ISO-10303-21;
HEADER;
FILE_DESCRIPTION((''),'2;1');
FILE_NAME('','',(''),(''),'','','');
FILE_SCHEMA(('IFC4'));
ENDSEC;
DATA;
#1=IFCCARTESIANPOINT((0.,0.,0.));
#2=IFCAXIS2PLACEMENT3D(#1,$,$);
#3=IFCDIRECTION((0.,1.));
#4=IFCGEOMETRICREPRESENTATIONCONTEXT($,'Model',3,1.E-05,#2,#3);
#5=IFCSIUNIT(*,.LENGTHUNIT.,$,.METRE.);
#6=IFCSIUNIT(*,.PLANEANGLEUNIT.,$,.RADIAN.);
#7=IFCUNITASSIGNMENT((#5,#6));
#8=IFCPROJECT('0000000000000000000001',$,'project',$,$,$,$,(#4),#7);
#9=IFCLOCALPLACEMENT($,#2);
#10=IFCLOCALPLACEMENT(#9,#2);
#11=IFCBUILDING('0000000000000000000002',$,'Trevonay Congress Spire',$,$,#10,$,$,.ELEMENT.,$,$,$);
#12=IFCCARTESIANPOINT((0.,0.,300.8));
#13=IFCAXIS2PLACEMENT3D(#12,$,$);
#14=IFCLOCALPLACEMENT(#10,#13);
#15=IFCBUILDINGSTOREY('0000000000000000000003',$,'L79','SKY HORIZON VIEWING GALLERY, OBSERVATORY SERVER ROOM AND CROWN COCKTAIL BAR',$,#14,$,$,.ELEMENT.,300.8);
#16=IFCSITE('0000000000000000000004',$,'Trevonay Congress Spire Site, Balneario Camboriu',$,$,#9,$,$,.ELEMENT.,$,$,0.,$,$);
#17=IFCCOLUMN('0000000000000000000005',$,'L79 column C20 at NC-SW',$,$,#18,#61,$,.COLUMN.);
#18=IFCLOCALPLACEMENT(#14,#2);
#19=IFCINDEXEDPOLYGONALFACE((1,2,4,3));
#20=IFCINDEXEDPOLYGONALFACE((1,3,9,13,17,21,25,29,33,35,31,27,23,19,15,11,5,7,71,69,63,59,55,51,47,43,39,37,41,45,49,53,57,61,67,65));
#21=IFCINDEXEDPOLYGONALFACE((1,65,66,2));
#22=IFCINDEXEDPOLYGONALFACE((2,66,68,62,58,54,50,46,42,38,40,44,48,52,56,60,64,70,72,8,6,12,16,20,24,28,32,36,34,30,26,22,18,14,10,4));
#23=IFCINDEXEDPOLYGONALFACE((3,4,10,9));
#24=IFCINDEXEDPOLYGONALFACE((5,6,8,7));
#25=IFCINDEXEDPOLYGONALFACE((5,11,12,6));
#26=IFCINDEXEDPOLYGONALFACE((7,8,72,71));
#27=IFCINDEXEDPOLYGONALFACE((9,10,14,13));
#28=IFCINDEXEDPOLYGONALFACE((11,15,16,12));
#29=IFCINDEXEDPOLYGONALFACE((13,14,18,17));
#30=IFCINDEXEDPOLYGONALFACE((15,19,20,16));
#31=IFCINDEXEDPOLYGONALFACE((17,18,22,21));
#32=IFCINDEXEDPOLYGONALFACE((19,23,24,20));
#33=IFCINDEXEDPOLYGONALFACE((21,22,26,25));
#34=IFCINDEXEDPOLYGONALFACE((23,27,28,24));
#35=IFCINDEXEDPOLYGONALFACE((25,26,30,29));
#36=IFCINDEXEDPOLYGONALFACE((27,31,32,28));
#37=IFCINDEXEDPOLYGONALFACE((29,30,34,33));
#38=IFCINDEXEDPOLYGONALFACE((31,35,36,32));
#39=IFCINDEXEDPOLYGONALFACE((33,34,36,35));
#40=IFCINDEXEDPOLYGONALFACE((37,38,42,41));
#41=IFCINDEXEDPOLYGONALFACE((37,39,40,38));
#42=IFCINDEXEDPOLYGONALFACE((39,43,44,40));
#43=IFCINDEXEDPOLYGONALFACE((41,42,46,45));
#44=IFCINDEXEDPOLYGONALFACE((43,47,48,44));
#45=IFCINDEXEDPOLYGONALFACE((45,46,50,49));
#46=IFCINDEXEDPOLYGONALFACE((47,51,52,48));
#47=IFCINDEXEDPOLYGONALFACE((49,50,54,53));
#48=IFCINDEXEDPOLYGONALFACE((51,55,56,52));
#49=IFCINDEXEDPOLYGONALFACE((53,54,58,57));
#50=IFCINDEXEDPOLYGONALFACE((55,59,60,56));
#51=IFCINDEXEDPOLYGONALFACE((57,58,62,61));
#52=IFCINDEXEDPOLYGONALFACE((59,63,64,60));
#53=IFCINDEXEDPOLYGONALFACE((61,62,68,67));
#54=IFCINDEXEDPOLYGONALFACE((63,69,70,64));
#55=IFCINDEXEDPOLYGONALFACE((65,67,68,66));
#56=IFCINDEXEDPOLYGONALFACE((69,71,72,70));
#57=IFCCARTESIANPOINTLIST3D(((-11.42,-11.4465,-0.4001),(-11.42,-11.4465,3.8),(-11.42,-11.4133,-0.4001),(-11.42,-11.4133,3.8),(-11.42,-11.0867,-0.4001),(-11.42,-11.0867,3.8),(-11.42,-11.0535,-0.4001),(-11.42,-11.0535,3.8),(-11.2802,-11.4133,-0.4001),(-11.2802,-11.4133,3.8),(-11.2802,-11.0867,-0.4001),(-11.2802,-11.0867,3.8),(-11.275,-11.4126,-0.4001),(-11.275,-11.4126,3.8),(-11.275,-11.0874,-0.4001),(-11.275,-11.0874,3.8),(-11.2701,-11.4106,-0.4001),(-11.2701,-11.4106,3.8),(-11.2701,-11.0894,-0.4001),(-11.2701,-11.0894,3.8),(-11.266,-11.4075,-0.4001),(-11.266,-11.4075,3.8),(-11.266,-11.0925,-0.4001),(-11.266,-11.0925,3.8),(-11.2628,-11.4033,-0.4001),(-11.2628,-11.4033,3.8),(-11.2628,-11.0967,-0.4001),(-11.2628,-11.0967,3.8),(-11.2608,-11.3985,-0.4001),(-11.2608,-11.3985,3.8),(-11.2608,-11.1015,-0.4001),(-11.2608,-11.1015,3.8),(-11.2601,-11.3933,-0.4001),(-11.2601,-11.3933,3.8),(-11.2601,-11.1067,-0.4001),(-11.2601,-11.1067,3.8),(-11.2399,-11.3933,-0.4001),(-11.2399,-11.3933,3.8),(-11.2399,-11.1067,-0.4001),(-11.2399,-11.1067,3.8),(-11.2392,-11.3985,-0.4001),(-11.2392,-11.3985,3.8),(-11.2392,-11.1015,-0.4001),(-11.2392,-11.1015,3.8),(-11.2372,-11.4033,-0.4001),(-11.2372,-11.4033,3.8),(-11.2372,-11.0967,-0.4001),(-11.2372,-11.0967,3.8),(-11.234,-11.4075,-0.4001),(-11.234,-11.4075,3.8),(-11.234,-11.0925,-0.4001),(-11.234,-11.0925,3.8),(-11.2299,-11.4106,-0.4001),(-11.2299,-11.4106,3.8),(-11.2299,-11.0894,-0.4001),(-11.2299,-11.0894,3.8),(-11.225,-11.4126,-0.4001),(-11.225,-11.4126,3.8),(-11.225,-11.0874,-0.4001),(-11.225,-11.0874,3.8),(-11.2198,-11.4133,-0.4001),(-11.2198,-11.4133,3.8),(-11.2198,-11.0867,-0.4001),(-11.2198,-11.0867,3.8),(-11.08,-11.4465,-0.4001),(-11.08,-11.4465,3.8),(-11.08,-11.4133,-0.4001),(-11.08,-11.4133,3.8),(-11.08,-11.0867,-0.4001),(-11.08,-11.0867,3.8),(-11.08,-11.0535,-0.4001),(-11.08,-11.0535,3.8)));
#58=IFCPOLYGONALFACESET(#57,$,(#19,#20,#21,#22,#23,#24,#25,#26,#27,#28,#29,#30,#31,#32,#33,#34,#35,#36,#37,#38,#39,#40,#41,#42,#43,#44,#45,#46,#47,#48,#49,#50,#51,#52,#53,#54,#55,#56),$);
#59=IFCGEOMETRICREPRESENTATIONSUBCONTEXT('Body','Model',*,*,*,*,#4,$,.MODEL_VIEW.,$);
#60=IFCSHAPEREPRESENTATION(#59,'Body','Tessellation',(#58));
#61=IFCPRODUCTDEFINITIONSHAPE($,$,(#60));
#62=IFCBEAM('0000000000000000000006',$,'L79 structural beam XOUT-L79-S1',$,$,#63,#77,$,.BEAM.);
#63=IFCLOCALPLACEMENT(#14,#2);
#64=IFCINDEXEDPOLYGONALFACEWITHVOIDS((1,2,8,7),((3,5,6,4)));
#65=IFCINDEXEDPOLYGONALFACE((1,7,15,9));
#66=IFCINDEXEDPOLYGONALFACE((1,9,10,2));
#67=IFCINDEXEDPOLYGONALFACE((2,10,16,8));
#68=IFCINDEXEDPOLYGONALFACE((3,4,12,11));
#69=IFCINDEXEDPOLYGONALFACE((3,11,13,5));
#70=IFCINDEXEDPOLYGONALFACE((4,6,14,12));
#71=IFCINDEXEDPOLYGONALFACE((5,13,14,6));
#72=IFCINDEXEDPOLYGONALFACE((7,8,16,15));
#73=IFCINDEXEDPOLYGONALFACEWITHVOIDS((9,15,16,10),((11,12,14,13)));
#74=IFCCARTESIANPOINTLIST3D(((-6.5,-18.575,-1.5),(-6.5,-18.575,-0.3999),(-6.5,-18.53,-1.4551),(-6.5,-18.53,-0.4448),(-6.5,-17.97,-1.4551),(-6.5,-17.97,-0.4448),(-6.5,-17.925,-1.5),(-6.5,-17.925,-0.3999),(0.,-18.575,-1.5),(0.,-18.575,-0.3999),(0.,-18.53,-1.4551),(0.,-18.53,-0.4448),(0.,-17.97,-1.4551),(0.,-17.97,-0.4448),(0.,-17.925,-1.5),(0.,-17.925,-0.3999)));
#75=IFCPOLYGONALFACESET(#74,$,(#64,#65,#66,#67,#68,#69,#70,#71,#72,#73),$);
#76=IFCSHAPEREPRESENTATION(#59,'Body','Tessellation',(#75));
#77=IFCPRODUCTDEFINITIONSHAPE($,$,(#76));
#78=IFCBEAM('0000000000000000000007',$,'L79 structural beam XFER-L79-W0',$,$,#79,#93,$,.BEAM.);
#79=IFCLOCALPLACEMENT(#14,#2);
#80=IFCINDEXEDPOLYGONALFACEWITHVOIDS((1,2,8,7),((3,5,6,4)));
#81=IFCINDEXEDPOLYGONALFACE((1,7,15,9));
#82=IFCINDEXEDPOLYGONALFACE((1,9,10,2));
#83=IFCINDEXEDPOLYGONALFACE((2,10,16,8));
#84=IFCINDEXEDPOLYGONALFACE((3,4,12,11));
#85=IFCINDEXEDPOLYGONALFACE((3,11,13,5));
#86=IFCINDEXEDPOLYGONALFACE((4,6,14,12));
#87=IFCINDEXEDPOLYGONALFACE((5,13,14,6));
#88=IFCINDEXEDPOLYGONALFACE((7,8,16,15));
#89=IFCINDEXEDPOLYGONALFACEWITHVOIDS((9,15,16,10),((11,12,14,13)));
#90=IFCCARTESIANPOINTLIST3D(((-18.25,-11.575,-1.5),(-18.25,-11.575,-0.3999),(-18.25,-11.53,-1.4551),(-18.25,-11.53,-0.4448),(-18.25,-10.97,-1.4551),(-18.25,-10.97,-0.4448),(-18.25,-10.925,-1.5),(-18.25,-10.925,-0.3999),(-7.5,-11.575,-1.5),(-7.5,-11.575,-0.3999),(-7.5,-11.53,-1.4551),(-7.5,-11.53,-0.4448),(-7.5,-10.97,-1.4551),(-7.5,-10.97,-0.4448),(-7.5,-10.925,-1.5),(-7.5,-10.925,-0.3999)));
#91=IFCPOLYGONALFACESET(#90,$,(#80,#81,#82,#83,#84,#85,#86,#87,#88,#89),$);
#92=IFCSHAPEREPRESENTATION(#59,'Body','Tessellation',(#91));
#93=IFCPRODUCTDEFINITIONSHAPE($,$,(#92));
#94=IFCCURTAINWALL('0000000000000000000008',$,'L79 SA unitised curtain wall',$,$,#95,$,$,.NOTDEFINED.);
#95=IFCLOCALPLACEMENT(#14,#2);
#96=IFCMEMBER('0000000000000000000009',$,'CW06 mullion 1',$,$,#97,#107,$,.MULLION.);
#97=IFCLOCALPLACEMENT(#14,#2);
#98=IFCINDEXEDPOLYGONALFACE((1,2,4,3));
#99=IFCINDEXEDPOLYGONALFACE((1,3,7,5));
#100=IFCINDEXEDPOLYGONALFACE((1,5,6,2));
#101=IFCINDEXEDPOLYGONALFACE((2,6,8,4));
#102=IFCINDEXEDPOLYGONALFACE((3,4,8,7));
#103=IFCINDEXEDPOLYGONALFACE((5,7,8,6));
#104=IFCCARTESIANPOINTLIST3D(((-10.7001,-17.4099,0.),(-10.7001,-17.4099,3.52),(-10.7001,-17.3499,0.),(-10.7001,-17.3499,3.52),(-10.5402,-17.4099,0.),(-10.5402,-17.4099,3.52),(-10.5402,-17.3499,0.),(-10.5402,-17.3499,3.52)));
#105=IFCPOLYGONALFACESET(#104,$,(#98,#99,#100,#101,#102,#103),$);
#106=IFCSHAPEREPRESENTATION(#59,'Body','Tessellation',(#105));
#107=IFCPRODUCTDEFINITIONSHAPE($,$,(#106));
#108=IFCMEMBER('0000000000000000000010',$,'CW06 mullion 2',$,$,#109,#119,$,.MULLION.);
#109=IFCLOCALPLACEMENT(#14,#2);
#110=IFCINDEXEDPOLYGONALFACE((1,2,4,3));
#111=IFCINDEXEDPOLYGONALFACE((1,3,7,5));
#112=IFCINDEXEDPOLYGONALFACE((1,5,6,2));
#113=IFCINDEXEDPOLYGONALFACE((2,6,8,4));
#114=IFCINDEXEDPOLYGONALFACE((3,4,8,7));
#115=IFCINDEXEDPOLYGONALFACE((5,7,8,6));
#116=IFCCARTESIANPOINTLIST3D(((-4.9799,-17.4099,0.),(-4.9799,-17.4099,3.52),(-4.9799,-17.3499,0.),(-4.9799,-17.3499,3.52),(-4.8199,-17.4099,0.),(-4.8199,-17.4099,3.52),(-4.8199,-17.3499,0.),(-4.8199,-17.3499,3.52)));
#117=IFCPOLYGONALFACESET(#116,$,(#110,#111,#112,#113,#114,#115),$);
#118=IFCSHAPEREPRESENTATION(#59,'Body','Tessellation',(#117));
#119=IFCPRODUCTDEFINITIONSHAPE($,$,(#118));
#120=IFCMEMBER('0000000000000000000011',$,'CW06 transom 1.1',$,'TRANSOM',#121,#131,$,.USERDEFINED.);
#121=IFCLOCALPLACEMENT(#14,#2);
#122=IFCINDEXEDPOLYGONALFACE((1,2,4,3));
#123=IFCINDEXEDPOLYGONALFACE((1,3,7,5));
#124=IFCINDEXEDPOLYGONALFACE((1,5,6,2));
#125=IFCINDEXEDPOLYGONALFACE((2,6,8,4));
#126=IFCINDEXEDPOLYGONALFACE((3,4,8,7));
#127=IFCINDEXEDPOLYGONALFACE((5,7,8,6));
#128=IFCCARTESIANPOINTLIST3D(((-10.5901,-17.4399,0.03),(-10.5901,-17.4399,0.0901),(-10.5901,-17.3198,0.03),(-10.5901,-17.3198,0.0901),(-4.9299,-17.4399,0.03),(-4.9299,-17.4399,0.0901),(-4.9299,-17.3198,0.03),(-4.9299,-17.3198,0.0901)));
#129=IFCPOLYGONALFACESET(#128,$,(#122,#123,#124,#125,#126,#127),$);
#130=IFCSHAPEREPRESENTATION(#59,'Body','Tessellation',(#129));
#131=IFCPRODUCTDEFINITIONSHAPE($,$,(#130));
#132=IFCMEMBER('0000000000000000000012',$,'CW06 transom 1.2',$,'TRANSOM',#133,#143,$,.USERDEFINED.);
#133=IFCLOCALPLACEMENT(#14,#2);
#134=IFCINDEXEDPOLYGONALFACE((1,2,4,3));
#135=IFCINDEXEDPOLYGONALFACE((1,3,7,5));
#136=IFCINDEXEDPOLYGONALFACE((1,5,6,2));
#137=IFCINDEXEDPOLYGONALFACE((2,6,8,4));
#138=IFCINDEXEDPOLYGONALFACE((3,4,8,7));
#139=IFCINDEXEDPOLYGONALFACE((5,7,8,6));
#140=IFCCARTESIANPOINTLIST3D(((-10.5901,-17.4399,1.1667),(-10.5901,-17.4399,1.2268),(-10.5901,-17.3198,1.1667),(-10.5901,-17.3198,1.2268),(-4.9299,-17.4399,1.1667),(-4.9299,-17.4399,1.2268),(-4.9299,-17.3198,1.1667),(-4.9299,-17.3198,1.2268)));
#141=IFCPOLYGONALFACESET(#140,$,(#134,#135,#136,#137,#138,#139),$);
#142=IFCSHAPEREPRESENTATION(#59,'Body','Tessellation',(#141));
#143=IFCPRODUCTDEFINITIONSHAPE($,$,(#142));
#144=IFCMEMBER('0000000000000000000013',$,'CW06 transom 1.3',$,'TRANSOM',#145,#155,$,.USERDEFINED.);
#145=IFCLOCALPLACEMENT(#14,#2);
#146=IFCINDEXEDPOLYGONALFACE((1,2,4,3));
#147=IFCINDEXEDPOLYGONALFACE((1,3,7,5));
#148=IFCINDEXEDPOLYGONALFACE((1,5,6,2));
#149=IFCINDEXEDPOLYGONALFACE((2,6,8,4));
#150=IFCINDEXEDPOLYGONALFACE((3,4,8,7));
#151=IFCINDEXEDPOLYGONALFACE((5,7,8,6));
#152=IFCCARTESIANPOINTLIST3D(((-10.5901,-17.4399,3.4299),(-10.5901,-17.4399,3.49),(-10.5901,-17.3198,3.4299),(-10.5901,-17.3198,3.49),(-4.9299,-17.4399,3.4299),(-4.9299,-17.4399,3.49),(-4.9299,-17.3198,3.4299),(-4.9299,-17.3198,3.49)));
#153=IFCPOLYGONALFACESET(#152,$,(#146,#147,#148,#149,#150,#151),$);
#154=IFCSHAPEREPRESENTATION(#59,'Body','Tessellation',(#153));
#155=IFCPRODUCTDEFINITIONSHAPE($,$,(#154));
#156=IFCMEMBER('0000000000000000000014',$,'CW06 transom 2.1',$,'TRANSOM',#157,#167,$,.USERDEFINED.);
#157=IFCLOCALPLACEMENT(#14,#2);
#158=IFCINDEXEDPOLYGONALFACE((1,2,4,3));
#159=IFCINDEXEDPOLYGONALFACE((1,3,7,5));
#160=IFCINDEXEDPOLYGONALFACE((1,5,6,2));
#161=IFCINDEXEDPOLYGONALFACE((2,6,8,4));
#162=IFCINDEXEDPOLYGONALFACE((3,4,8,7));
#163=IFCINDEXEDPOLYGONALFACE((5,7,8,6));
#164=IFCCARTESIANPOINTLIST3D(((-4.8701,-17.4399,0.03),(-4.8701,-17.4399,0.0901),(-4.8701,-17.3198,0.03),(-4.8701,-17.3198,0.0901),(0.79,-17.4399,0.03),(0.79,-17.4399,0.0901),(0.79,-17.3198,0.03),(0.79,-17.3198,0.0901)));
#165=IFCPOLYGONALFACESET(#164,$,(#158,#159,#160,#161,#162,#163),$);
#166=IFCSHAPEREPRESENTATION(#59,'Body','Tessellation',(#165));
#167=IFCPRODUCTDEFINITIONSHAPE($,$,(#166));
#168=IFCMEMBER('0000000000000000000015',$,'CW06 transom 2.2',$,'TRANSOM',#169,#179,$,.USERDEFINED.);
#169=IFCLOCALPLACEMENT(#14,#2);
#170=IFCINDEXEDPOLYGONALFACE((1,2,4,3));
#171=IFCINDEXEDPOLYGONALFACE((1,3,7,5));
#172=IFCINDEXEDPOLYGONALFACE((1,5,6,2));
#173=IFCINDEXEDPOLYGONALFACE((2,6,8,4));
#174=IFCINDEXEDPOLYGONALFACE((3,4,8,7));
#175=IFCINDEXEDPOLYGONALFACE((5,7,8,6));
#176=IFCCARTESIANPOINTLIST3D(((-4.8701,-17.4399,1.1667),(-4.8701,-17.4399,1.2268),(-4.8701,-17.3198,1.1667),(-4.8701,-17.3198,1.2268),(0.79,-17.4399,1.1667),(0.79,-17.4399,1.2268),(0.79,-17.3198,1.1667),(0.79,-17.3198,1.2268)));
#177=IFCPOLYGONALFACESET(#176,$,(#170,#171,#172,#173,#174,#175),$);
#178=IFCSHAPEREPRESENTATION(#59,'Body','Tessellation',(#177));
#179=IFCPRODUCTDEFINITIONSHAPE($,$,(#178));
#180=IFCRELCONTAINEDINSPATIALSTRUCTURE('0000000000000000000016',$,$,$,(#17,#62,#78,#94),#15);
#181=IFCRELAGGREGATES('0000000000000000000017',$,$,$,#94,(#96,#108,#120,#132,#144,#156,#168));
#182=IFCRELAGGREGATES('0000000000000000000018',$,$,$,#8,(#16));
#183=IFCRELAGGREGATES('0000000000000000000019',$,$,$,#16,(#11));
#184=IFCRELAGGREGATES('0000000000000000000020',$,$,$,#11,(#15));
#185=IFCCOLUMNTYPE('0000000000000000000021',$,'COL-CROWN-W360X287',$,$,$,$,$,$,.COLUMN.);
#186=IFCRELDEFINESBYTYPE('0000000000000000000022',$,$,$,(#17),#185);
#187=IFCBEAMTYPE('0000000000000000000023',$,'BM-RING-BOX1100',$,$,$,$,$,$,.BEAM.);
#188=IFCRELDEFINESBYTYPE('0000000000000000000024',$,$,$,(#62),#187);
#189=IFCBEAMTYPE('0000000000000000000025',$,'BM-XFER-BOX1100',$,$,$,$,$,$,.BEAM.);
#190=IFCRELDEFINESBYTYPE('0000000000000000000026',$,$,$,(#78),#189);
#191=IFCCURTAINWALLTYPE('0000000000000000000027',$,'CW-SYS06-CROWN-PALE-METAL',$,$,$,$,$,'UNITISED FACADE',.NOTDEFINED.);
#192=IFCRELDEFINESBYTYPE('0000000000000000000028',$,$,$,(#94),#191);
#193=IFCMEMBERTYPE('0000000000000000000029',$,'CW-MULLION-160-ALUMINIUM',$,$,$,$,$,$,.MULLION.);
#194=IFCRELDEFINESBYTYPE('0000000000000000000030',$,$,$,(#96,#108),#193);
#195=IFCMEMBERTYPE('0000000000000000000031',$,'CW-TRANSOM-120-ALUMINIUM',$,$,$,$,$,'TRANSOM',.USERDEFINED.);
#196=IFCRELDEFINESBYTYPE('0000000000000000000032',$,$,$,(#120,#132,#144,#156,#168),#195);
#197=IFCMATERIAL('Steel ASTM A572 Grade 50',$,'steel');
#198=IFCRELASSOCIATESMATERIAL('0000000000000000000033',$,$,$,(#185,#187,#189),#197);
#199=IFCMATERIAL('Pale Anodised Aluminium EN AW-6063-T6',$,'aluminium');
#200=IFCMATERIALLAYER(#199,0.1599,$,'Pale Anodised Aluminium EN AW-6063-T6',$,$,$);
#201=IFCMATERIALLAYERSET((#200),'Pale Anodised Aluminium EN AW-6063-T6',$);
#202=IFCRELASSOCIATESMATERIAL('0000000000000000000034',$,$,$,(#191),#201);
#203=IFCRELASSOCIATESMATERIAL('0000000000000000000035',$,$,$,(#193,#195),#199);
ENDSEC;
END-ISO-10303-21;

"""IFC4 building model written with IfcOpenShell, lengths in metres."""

from ifc_helpers import new_model, si_unit, direction, frame, origin, origin_2d, place, context, subcontext, project, spatial, rectangle, hollow_rectangle, i_section, extrude, material, layer, layer_set, material_profile, profile_set, type_object, element, aggregate, save


model = new_model("IFC4")

# Units and contexts
model_context = context("Model", 3, precision=1e-05, world=origin(), true_north=direction((0.0, 1.0)))
body_context = subcontext(model_context, "Body", "Model", "MODEL_VIEW")
ifc_project = project(units=[si_unit("LENGTHUNIT", "METRE"), si_unit("PLANEANGLEUNIT", "RADIAN")], contexts=[model_context])

# Site, building, storey
site_placement = place(None, origin())
site = spatial("IfcSite", under=ifc_project, at=site_placement, Name="Trevonay Congress Spire Site, Balneario Camboriu", CompositionType="ELEMENT", RefElevation=0.0)
building_placement = place(site_placement, origin())
building = spatial("IfcBuilding", under=site, at=building_placement, Name="Trevonay Congress Spire", CompositionType="ELEMENT")
storey_placement = place(building_placement, frame((0.0, 0.0, 300.8)))
storey = spatial("IfcBuildingStorey", under=building, at=storey_placement, Name="L79", Description="SKY HORIZON VIEWING GALLERY, OBSERVATORY SERVER ROOM AND CROWN COCKTAIL BAR", CompositionType="ELEMENT", Elevation=300.8)

# Column
ifc_material_1 = material(Name="Steel ASTM A572 Grade 50", Category="steel")
ifc_material_profile_1 = material_profile(ifc_material_1, i_section(OverallWidth=0.3401, OverallDepth=0.3931, WebThickness=0.0203, FlangeThickness=0.0332, FilletRadius=0.02, at=origin_2d()), Name="W360x287")
ifc_profile_set_1 = profile_set([ifc_material_profile_1], Name="Steel ASTM A572 Grade 50")
column_type = type_object("IfcColumnType", Name="COL-CROWN-W360X287", PredefinedType="COLUMN", material=ifc_profile_set_1)
column_placement = place(storey_placement, frame((-11.25, -11.25, -0.4001), z_axis=(0.0, 0.0, 1.0), x_axis=(1.0, 0.0, 0.0)))
element("IfcColumn", 1, at=column_placement, inside=storey, type_object=column_type, Name="L79 column C20 at NC-SW", PredefinedType="COLUMN", context=body_context, shape_type="SweptSolid", body=[
    extrude(i_section(OverallWidth=0.3401, OverallDepth=0.3931, WebThickness=0.0203, FlangeThickness=0.0332, FilletRadius=0.02, at=origin_2d()), origin(), (0.0, 0.0, 1.0), 4.2002),
])

# Beams
ifc_material_profile_2 = material_profile(ifc_material_1, hollow_rectangle(XDim=0.6499, YDim=1.1001, WallThickness=0.0449, at=origin_2d()), Name="BOX 1100x650x45")
ifc_profile_set_2 = profile_set([ifc_material_profile_2], Name="Steel ASTM A572 Grade 50")
beam_type_1 = type_object("IfcBeamType", Name="BM-RING-BOX1100", PredefinedType="BEAM", material=ifc_profile_set_2)
beam_1_placement = place(storey_placement, frame((-6.5, -18.25, -0.95), z_axis=(1.0, 0.0, 0.0), x_axis=(0.0, 1.0, 0.0)))
element("IfcBeam", 2, at=beam_1_placement, inside=storey, type_object=beam_type_1, Name="L79 structural beam XOUT-L79-S1", PredefinedType="BEAM", context=body_context, shape_type="SweptSolid", body=[
    extrude(hollow_rectangle(XDim=0.6499, YDim=1.1001, WallThickness=0.0449, at=origin_2d()), origin(), (0.0, 0.0, 1.0), 6.5),
])
ifc_material_profile_3 = material_profile(ifc_material_1, hollow_rectangle(XDim=0.6499, YDim=1.1001, WallThickness=0.0449, at=origin_2d()), Name="BOX 1100x650x45")
ifc_profile_set_3 = profile_set([ifc_material_profile_3], Name="Steel ASTM A572 Grade 50")
beam_type_2 = type_object("IfcBeamType", Name="BM-XFER-BOX1100", PredefinedType="BEAM", material=ifc_profile_set_3)
beam_2_placement = place(storey_placement, frame((-7.5, -11.25, -0.95), z_axis=(-1.0, 0.0, 0.0), x_axis=(0.0, -1.0, 0.0)))
element("IfcBeam", 3, at=beam_2_placement, inside=storey, type_object=beam_type_2, Name="L79 structural beam XFER-L79-W0", PredefinedType="BEAM", context=body_context, shape_type="SweptSolid", body=[
    extrude(hollow_rectangle(XDim=0.6499, YDim=1.1001, WallThickness=0.0449, at=origin_2d()), origin(), (0.0, 0.0, 1.0), 10.75),
])

# Curtain wall, members
ifc_material_2 = material(Name="Pale Anodised Aluminium EN AW-6063-T6", Category="aluminium")
ifc_layer_1 = layer(ifc_material_2, 0.1599, Name="Pale Anodised Aluminium EN AW-6063-T6")
ifc_layer_set_1 = layer_set([ifc_layer_1], Name="Pale Anodised Aluminium EN AW-6063-T6")
curtain_wall_type = type_object("IfcCurtainWallType", Name="CW-SYS06-CROWN-PALE-METAL", ElementType="UNITISED FACADE", PredefinedType="NOTDEFINED", material=ifc_layer_set_1)
curtain_wall_placement = place(storey_placement, origin())
curtain_wall = element("IfcCurtainWall", 4, at=curtain_wall_placement, inside=storey, type_object=curtain_wall_type, Name="L79 SA unitised curtain wall", PredefinedType="NOTDEFINED")
ifc_material_profile_4 = material_profile(ifc_material_2, rectangle(XDim=0.0601, YDim=0.1599, at=origin_2d()), Name="CW-MULLION-160-ALUMINIUM")
ifc_profile_set_4 = profile_set([ifc_material_profile_4], Name="Pale Anodised Aluminium EN AW-6063-T6")
member_type_1 = type_object("IfcMemberType", Name="CW-MULLION-160-ALUMINIUM", PredefinedType="MULLION", material=ifc_profile_set_4)
member_1_placement = place(storey_placement, frame((-10.6201, -17.3799, 0.0), z_axis=(0.0, 0.0, 1.0), x_axis=(0.0, 1.0, 0.0)))
member_1 = element("IfcMember", 5, at=member_1_placement, type_object=member_type_1, Name="CW06 mullion 1", PredefinedType="MULLION", context=body_context, shape_type="SweptSolid", body=[
    extrude(rectangle(XDim=0.0601, YDim=0.1599, at=origin_2d()), origin(), (0.0, 0.0, 1.0), 3.52),
])
member_2_placement = place(storey_placement, frame((-4.8999, -17.3799, 0.0), z_axis=(0.0, 0.0, 1.0), x_axis=(0.0, 1.0, 0.0)))
member_2 = element("IfcMember", 6, at=member_2_placement, type_object=member_type_1, Name="CW06 mullion 2", PredefinedType="MULLION", context=body_context, shape_type="SweptSolid", body=[
    extrude(rectangle(XDim=0.0601, YDim=0.1599, at=origin_2d()), origin(), (0.0, 0.0, 1.0), 3.52),
])
ifc_material_profile_5 = material_profile(ifc_material_2, rectangle(XDim=0.1201, YDim=0.0601, at=origin_2d()), Name="CW-TRANSOM-120-ALUMINIUM")
ifc_profile_set_5 = profile_set([ifc_material_profile_5], Name="Pale Anodised Aluminium EN AW-6063-T6")
member_type_2 = type_object("IfcMemberType", Name="CW-TRANSOM-120-ALUMINIUM", ElementType="TRANSOM", PredefinedType="USERDEFINED", material=ifc_profile_set_5)
member_3_placement = place(storey_placement, frame((-10.5901, -17.3799, 0.0601), z_axis=(1.0, 0.0, 0.0), x_axis=(0.0, 1.0, 0.0)))
member_3 = element("IfcMember", 7, at=member_3_placement, type_object=member_type_2, Name="CW06 transom 1.1", ObjectType="TRANSOM", PredefinedType="USERDEFINED", context=body_context, shape_type="SweptSolid", body=[
    extrude(rectangle(XDim=0.1201, YDim=0.0601, at=origin_2d()), origin(), (0.0, 0.0, 1.0), 5.6602),
])
member_4_placement = place(storey_placement, frame((-10.5901, -17.3799, 1.1968), z_axis=(1.0, 0.0, 0.0), x_axis=(0.0, 1.0, 0.0)))
member_4 = element("IfcMember", 8, at=member_4_placement, type_object=member_type_2, Name="CW06 transom 1.2", ObjectType="TRANSOM", PredefinedType="USERDEFINED", context=body_context, shape_type="SweptSolid", body=[
    extrude(rectangle(XDim=0.1201, YDim=0.0601, at=origin_2d()), origin(), (0.0, 0.0, 1.0), 5.6602),
])
member_5_placement = place(storey_placement, frame((-10.5901, -17.3799, 3.46), z_axis=(1.0, 0.0, 0.0), x_axis=(0.0, 1.0, 0.0)))
member_5 = element("IfcMember", 9, at=member_5_placement, type_object=member_type_2, Name="CW06 transom 1.3", ObjectType="TRANSOM", PredefinedType="USERDEFINED", context=body_context, shape_type="SweptSolid", body=[
    extrude(rectangle(XDim=0.1201, YDim=0.0601, at=origin_2d()), origin(), (0.0, 0.0, 1.0), 5.6602),
])
member_6_placement = place(storey_placement, frame((-4.8701, -17.3799, 0.0601), z_axis=(1.0, 0.0, 0.0), x_axis=(0.0, 1.0, 0.0)))
member_6 = element("IfcMember", 10, at=member_6_placement, type_object=member_type_2, Name="CW06 transom 2.1", ObjectType="TRANSOM", PredefinedType="USERDEFINED", context=body_context, shape_type="SweptSolid", body=[
    extrude(rectangle(XDim=0.1201, YDim=0.0601, at=origin_2d()), origin(), (0.0, 0.0, 1.0), 5.6602),
])
member_7_placement = place(storey_placement, frame((-4.8701, -17.3799, 1.1968), z_axis=(1.0, 0.0, 0.0), x_axis=(0.0, 1.0, 0.0)))
member_7 = element("IfcMember", 11, at=member_7_placement, type_object=member_type_2, Name="CW06 transom 2.2", ObjectType="TRANSOM", PredefinedType="USERDEFINED", context=body_context, shape_type="SweptSolid", body=[
    extrude(rectangle(XDim=0.1201, YDim=0.0601, at=origin_2d()), origin(), (0.0, 0.0, 1.0), 5.6602),
])

aggregate(curtain_wall, [member_1, member_2, member_3, member_4, member_5, member_6, member_7])

save(model, "model.ifc")
